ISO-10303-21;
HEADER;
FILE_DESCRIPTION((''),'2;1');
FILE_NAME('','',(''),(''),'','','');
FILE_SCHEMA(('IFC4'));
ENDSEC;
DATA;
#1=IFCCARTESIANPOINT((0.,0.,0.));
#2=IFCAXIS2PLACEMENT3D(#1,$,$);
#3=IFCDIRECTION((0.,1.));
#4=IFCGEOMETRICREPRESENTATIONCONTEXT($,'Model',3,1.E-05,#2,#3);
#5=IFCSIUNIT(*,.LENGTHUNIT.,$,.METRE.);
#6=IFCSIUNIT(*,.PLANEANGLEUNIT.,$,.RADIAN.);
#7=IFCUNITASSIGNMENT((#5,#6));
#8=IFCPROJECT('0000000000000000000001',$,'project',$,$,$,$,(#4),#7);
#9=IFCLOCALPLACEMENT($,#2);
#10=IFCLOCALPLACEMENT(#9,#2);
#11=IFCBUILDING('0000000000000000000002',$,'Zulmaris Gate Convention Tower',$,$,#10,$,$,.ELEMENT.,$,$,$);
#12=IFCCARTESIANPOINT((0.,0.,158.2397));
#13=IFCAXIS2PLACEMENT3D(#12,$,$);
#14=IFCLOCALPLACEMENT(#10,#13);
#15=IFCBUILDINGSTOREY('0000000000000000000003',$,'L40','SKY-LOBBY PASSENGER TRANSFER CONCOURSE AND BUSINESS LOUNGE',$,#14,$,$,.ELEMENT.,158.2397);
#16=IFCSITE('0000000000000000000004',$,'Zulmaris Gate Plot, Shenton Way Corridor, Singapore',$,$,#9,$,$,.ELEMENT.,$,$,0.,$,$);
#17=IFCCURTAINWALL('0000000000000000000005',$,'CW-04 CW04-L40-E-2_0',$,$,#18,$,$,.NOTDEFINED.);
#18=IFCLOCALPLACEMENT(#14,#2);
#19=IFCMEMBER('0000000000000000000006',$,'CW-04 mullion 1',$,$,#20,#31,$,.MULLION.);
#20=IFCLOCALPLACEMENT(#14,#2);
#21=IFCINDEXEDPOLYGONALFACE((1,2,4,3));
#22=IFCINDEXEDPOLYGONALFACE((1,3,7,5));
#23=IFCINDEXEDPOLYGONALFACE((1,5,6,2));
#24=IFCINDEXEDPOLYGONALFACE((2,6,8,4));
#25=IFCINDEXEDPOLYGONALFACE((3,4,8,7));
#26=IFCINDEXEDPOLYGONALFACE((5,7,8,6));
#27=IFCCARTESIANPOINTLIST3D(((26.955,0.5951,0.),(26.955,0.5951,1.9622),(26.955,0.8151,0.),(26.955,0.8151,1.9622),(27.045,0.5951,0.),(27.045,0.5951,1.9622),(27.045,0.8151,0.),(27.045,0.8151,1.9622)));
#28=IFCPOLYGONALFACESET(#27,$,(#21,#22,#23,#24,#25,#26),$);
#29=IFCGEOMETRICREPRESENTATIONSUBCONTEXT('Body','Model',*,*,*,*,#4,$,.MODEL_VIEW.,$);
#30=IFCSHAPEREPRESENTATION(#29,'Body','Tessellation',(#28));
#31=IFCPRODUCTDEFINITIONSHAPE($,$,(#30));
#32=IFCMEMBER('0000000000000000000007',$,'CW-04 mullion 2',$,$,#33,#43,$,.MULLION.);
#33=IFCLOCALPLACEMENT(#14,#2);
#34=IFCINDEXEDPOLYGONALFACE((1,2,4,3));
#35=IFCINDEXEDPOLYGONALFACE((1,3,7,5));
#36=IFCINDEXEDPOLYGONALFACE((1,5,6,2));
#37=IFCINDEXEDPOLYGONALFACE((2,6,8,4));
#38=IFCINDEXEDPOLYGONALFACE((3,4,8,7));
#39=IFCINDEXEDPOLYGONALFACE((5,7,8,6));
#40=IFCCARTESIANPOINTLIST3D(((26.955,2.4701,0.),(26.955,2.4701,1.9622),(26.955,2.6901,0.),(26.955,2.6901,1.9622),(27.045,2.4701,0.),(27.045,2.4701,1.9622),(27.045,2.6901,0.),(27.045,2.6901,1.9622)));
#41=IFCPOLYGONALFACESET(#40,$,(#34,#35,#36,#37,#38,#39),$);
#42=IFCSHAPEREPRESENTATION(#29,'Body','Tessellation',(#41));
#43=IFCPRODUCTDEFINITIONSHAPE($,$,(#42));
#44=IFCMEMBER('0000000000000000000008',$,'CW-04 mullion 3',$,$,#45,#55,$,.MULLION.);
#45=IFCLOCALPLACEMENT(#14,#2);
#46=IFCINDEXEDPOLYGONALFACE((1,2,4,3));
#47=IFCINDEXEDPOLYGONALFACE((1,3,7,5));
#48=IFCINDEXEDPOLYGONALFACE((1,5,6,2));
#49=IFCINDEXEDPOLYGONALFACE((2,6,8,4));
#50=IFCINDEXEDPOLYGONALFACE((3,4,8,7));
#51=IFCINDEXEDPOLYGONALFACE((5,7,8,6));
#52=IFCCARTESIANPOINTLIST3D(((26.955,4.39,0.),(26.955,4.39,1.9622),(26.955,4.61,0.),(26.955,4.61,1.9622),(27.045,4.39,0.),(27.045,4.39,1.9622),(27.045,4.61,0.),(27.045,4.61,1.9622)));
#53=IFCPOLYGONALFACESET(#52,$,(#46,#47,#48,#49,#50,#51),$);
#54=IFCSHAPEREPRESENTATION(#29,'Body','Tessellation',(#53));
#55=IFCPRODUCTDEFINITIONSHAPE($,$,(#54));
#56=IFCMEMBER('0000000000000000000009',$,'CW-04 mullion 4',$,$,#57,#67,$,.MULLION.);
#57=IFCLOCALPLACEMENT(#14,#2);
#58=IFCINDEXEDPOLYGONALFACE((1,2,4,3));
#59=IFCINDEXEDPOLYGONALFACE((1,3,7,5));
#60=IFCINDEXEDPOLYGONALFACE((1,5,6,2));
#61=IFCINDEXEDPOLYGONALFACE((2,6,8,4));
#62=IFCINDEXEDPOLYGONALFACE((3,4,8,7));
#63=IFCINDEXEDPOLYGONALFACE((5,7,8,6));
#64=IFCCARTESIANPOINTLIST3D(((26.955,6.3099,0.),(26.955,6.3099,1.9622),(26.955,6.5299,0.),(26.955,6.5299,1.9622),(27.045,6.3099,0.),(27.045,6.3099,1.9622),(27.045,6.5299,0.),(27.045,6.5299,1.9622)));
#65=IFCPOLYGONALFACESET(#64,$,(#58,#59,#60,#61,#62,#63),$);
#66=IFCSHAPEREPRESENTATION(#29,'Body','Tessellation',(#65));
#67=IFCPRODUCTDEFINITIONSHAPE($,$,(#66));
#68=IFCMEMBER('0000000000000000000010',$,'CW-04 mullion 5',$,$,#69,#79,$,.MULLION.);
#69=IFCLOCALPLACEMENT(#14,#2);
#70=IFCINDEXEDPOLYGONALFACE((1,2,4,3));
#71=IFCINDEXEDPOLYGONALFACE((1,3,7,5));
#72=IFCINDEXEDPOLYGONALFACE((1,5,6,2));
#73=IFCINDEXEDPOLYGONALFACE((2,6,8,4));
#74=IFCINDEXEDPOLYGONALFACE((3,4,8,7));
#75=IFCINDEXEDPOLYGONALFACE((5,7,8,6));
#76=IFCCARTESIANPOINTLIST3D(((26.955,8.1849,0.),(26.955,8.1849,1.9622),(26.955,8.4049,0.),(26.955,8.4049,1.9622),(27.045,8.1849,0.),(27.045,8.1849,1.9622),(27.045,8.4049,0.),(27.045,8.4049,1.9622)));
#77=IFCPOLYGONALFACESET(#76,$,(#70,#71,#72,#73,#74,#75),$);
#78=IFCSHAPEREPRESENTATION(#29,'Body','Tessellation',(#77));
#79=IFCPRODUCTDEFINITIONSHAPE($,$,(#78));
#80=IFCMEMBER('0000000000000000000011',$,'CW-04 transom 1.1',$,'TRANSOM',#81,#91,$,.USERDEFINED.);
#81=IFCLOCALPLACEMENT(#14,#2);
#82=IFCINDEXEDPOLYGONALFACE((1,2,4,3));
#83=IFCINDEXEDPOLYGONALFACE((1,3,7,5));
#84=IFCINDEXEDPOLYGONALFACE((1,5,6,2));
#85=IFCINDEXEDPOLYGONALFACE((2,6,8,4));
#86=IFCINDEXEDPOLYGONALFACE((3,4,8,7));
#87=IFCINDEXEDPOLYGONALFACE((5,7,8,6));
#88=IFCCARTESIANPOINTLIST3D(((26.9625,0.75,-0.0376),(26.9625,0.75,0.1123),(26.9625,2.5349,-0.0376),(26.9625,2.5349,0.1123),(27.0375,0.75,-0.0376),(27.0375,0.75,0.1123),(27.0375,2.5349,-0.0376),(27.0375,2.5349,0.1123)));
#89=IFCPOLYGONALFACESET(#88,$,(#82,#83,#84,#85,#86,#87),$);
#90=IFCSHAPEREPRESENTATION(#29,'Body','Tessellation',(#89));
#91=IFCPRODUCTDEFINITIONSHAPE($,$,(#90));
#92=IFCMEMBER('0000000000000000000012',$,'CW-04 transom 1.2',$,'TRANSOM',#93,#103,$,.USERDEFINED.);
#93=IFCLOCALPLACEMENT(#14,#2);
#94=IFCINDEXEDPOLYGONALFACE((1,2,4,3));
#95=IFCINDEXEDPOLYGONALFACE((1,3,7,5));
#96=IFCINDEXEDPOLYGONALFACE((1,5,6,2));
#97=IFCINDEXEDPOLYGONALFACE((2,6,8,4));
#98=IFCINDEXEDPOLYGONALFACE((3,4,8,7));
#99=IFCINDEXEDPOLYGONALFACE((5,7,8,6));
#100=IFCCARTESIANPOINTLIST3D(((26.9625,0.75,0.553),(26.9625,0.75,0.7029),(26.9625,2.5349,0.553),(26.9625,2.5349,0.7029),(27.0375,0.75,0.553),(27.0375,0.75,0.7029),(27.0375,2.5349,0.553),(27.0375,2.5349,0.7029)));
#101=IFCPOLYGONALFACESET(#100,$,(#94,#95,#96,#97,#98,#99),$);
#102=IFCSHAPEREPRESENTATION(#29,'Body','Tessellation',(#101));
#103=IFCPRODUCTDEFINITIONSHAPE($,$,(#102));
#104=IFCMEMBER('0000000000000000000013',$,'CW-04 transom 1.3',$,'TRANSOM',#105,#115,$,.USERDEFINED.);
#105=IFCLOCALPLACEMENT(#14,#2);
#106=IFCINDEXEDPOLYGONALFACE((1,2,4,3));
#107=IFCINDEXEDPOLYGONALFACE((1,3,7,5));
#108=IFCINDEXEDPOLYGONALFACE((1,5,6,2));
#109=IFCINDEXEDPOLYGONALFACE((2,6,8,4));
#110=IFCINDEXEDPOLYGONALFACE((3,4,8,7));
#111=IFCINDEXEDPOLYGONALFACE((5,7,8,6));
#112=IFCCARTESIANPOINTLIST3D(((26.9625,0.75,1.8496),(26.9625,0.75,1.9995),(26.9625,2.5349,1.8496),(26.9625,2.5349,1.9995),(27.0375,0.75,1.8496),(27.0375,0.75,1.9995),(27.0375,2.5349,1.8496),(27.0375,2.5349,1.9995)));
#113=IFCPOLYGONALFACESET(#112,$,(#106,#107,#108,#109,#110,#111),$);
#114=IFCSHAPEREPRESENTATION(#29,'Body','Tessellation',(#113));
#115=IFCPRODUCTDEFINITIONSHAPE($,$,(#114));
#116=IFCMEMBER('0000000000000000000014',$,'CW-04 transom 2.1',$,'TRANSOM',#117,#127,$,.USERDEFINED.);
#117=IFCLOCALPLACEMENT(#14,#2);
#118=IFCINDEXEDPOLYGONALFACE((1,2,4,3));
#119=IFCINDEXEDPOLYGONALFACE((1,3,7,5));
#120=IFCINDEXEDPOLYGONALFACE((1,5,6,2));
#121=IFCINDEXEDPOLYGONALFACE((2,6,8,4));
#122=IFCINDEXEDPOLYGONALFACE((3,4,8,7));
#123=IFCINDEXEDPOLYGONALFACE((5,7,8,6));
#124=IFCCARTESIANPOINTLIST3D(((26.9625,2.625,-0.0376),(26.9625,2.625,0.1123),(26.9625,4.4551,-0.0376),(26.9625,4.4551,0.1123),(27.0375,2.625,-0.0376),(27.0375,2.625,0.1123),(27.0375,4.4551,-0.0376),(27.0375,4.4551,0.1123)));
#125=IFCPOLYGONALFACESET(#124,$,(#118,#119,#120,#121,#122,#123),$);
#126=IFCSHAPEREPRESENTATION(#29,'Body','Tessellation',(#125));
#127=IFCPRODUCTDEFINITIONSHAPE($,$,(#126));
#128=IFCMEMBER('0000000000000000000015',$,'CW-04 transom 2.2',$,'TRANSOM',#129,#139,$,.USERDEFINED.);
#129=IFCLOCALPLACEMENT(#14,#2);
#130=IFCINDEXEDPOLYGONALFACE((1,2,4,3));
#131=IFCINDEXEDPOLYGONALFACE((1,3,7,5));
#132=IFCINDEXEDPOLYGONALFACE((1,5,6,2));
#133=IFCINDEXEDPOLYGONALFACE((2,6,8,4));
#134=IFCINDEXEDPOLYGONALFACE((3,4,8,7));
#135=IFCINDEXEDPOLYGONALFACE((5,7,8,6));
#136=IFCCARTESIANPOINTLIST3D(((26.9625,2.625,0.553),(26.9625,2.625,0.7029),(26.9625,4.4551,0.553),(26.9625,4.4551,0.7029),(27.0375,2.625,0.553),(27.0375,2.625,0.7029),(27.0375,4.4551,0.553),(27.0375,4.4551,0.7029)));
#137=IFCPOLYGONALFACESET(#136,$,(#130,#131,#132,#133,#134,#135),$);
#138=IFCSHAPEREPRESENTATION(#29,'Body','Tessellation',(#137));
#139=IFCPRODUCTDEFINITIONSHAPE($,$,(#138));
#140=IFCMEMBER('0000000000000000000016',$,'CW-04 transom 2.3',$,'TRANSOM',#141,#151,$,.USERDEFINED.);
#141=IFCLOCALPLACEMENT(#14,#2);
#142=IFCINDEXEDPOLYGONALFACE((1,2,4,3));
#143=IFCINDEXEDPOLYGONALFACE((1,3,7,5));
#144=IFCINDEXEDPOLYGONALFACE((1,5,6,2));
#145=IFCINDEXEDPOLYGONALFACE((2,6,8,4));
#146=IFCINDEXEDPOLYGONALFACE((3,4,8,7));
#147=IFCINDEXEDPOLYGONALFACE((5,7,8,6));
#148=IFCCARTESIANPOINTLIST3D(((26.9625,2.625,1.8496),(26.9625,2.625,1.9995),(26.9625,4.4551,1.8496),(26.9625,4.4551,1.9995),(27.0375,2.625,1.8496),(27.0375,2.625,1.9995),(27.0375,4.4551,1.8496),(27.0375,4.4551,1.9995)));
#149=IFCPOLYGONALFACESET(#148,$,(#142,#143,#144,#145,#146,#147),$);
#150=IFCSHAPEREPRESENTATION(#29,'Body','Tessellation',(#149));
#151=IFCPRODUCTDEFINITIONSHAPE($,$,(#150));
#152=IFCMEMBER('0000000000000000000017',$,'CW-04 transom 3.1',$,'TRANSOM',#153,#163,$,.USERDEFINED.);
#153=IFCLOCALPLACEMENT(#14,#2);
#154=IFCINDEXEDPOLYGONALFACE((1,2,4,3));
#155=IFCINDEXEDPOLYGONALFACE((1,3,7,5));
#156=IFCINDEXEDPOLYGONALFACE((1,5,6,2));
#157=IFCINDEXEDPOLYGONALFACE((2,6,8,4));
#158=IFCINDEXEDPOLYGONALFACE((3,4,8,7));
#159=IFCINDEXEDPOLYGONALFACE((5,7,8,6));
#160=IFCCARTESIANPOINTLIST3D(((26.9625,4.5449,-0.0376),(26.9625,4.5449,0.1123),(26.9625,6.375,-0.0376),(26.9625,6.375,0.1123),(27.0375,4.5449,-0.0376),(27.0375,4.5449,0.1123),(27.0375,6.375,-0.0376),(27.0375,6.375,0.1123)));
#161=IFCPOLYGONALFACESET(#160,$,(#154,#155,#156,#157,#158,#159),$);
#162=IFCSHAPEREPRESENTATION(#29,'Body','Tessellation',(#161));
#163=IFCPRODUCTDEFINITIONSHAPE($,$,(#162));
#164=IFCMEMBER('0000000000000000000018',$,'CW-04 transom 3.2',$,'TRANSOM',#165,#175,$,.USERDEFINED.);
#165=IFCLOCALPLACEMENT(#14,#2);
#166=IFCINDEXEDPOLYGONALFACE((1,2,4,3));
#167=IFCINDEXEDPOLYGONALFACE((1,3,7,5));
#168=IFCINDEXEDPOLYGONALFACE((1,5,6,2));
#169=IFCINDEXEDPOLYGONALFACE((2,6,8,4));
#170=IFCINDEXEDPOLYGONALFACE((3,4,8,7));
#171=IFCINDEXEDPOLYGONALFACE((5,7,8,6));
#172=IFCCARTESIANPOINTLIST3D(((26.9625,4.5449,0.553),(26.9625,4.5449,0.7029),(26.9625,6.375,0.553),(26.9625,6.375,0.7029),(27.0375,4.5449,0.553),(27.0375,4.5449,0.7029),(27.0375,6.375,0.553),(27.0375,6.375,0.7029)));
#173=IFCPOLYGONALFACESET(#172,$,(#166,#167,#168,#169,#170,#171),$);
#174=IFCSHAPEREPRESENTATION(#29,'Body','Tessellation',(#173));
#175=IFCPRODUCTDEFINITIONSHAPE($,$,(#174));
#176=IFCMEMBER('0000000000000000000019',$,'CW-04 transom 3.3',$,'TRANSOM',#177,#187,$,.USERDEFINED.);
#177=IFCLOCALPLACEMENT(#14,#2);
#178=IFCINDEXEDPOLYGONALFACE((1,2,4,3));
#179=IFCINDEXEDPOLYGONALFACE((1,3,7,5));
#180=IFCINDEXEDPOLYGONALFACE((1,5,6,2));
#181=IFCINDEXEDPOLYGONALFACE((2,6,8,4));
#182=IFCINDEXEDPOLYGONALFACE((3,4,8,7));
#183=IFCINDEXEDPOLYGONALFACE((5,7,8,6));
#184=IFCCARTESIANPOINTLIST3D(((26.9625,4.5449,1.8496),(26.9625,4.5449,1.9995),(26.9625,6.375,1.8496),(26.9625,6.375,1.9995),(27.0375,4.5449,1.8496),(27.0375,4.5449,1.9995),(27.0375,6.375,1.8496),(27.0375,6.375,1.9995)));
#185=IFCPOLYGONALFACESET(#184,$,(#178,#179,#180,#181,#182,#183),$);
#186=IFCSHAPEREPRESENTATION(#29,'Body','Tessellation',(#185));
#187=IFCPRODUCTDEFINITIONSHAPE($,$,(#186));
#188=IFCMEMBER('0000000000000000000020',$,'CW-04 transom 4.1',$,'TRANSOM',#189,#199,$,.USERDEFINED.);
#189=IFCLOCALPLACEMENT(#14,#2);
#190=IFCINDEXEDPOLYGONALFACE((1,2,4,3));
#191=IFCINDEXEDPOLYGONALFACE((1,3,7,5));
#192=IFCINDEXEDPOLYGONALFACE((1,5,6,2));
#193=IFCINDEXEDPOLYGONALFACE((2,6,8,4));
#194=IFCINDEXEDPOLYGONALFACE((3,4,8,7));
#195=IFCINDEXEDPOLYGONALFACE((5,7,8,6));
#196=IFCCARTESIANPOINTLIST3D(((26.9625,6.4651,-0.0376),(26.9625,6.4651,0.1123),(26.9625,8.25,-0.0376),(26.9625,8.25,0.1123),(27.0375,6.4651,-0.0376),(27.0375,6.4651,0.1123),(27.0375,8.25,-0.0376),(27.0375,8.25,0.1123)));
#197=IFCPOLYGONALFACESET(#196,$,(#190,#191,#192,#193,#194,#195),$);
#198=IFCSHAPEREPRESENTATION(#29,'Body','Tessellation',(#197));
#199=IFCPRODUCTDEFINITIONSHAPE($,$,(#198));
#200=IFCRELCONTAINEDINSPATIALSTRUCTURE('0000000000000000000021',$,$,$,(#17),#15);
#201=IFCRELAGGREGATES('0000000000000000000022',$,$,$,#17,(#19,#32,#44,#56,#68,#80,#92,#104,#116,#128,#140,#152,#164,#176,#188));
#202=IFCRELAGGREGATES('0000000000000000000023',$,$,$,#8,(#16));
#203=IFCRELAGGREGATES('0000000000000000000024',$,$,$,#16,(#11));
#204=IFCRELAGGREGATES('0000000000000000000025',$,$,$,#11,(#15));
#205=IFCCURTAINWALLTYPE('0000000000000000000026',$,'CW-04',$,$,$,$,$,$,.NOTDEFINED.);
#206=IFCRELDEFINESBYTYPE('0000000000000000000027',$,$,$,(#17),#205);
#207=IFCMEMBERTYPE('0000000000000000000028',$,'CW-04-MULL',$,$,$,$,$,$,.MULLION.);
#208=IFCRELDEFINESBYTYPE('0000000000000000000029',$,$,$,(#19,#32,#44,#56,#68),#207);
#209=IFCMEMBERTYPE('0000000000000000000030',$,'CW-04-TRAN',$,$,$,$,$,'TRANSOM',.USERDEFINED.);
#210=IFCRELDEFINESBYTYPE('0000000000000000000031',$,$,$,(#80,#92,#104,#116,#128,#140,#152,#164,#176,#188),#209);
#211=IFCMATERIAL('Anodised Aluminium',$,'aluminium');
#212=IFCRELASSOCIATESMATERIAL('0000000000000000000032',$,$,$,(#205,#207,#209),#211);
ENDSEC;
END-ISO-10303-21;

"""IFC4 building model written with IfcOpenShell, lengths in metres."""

from ifc_helpers import new_model, si_unit, direction, frame, origin, origin_2d, place, context, subcontext, project, spatial, rectangle, extrude, material, material_profile, profile_set, type_object, element, aggregate, save


model = new_model("IFC4")

# Units and contexts
model_context = context("Model", 3, precision=1e-05, world=origin(), true_north=direction((0.0, 1.0)))
body_context = subcontext(model_context, "Body", "Model", "MODEL_VIEW")
ifc_project = project(units=[si_unit("LENGTHUNIT", "METRE"), si_unit("PLANEANGLEUNIT", "RADIAN")], contexts=[model_context])

# Site, building, storey
site_placement = place(None, origin())
site = spatial("IfcSite", under=ifc_project, at=site_placement, Name="Zulmaris Gate Plot, Shenton Way Corridor, Singapore", CompositionType="ELEMENT", RefElevation=0.0)
building_placement = place(site_placement, origin())
building = spatial("IfcBuilding", under=site, at=building_placement, Name="Zulmaris Gate Convention Tower", CompositionType="ELEMENT")
storey_placement = place(building_placement, frame((0.0, 0.0, 158.2397)))
storey = spatial("IfcBuildingStorey", under=building, at=storey_placement, Name="L40", Description="SKY-LOBBY PASSENGER TRANSFER CONCOURSE AND BUSINESS LOUNGE", CompositionType="ELEMENT", Elevation=158.2397)

# Curtain wall, members
ifc_material_1 = material(Name="Anodised Aluminium", Category="aluminium")
curtain_wall_type = type_object("IfcCurtainWallType", Name="CW-04", PredefinedType="NOTDEFINED", material=ifc_material_1)
curtain_wall_placement = place(storey_placement, origin())
curtain_wall = element("IfcCurtainWall", 1, at=curtain_wall_placement, inside=storey, type_object=curtain_wall_type, Name="CW-04 CW04-L40-E-2_0", PredefinedType="NOTDEFINED")
ifc_material_profile_1 = material_profile(ifc_material_1, rectangle(XDim=0.0901, YDim=0.22, at=origin_2d()), Name="ALU MULLION 90x220")
ifc_profile_set_1 = profile_set([ifc_material_profile_1], Name="Anodised Aluminium")
member_type_1 = type_object("IfcMemberType", Name="CW-04-MULL", PredefinedType="MULLION", material=ifc_profile_set_1)
member_1_placement = place(storey_placement, frame((27.0, 0.7051, 0.0), z_axis=(0.0, 0.0, 1.0), x_axis=(-1.0, 0.0, 0.0)))
member_1 = element("IfcMember", 2, at=member_1_placement, type_object=member_type_1, Name="CW-04 mullion 1", PredefinedType="MULLION", context=body_context, shape_type="SweptSolid", body=[
    extrude(rectangle(XDim=0.0901, YDim=0.22, at=origin_2d()), origin(), (0.0, 0.0, 1.0), 1.9622),
])
member_2_placement = place(storey_placement, frame((27.0, 2.5801, 0.0), z_axis=(0.0, 0.0, 1.0), x_axis=(-1.0, 0.0, 0.0)))
member_2 = element("IfcMember", 3, at=member_2_placement, type_object=member_type_1, Name="CW-04 mullion 2", PredefinedType="MULLION", context=body_context, shape_type="SweptSolid", body=[
    extrude(rectangle(XDim=0.0901, YDim=0.22, at=origin_2d()), origin(), (0.0, 0.0, 1.0), 1.9622),
])
member_3_placement = place(storey_placement, frame((27.0, 4.5, 0.0), z_axis=(0.0, 0.0, 1.0), x_axis=(-1.0, 0.0, 0.0)))
member_3 = element("IfcMember", 4, at=member_3_placement, type_object=member_type_1, Name="CW-04 mullion 3", PredefinedType="MULLION", context=body_context, shape_type="SweptSolid", body=[
    extrude(rectangle(XDim=0.0901, YDim=0.22, at=origin_2d()), origin(), (0.0, 0.0, 1.0), 1.9622),
])
member_4_placement = place(storey_placement, frame((27.0, 6.4199, 0.0), z_axis=(0.0, 0.0, 1.0), x_axis=(-1.0, 0.0, 0.0)))
member_4 = element("IfcMember", 5, at=member_4_placement, type_object=member_type_1, Name="CW-04 mullion 4", PredefinedType="MULLION", context=body_context, shape_type="SweptSolid", body=[
    extrude(rectangle(XDim=0.0901, YDim=0.22, at=origin_2d()), origin(), (0.0, 0.0, 1.0), 1.9622),
])
member_5_placement = place(storey_placement, frame((27.0, 8.2949, 0.0), z_axis=(0.0, 0.0, 1.0), x_axis=(-1.0, 0.0, 0.0)))
member_5 = element("IfcMember", 6, at=member_5_placement, type_object=member_type_1, Name="CW-04 mullion 5", PredefinedType="MULLION", context=body_context, shape_type="SweptSolid", body=[
    extrude(rectangle(XDim=0.0901, YDim=0.22, at=origin_2d()), origin(), (0.0, 0.0, 1.0), 1.9622),
])
ifc_material_profile_2 = material_profile(ifc_material_1, rectangle(XDim=0.075, YDim=0.1499, at=origin_2d()), Name="ALU TRANSOM 75x150")
ifc_profile_set_2 = profile_set([ifc_material_profile_2], Name="Anodised Aluminium")
member_type_2 = type_object("IfcMemberType", Name="CW-04-TRAN", ElementType="TRANSOM", PredefinedType="USERDEFINED", material=ifc_profile_set_2)
member_6_placement = place(storey_placement, frame((27.0, 0.75, 0.0374), z_axis=(0.0, 1.0, 0.0), x_axis=(-1.0, 0.0, 0.0)))
member_6 = element("IfcMember", 7, at=member_6_placement, type_object=member_type_2, Name="CW-04 transom 1.1", ObjectType="TRANSOM", PredefinedType="USERDEFINED", context=body_context, shape_type="SweptSolid", body=[
    extrude(rectangle(XDim=0.075, YDim=0.1499, at=origin_2d()), origin(), (0.0, 0.0, 1.0), 1.7849),
])
member_7_placement = place(storey_placement, frame((27.0, 0.75, 0.6279), z_axis=(0.0, 1.0, 0.0), x_axis=(-1.0, 0.0, 0.0)))
member_7 = element("IfcMember", 8, at=member_7_placement, type_object=member_type_2, Name="CW-04 transom 1.2", ObjectType="TRANSOM", PredefinedType="USERDEFINED", context=body_context, shape_type="SweptSolid", body=[
    extrude(rectangle(XDim=0.075, YDim=0.1499, at=origin_2d()), origin(), (0.0, 0.0, 1.0), 1.7849),
])
member_8_placement = place(storey_placement, frame((27.0, 0.75, 1.9246), z_axis=(0.0, 1.0, 0.0), x_axis=(-1.0, 0.0, 0.0)))
member_8 = element("IfcMember", 9, at=member_8_placement, type_object=member_type_2, Name="CW-04 transom 1.3", ObjectType="TRANSOM", PredefinedType="USERDEFINED", context=body_context, shape_type="SweptSolid", body=[
    extrude(rectangle(XDim=0.075, YDim=0.1499, at=origin_2d()), origin(), (0.0, 0.0, 1.0), 1.7849),
])
member_9_placement = place(storey_placement, frame((27.0, 2.625, 0.0374), z_axis=(0.0, 1.0, 0.0), x_axis=(-1.0, 0.0, 0.0)))
member_9 = element("IfcMember", 10, at=member_9_placement, type_object=member_type_2, Name="CW-04 transom 2.1", ObjectType="TRANSOM", PredefinedType="USERDEFINED", context=body_context, shape_type="SweptSolid", body=[
    extrude(rectangle(XDim=0.075, YDim=0.1499, at=origin_2d()), origin(), (0.0, 0.0, 1.0), 1.8301),
])
member_10_placement = place(storey_placement, frame((27.0, 2.625, 0.6279), z_axis=(0.0, 1.0, 0.0), x_axis=(-1.0, 0.0, 0.0)))
member_10 = element("IfcMember", 11, at=member_10_placement, type_object=member_type_2, Name="CW-04 transom 2.2", ObjectType="TRANSOM", PredefinedType="USERDEFINED", context=body_context, shape_type="SweptSolid", body=[
    extrude(rectangle(XDim=0.075, YDim=0.1499, at=origin_2d()), origin(), (0.0, 0.0, 1.0), 1.8301),
])
member_11_placement = place(storey_placement, frame((27.0, 2.625, 1.9246), z_axis=(0.0, 1.0, 0.0), x_axis=(-1.0, 0.0, 0.0)))
member_11 = element("IfcMember", 12, at=member_11_placement, type_object=member_type_2, Name="CW-04 transom 2.3", ObjectType="TRANSOM", PredefinedType="USERDEFINED", context=body_context, shape_type="SweptSolid", body=[
    extrude(rectangle(XDim=0.075, YDim=0.1499, at=origin_2d()), origin(), (0.0, 0.0, 1.0), 1.8301),
])
member_12_placement = place(storey_placement, frame((27.0, 4.5449, 0.0374), z_axis=(0.0, 1.0, 0.0), x_axis=(-1.0, 0.0, 0.0)))
member_12 = element("IfcMember", 13, at=member_12_placement, type_object=member_type_2, Name="CW-04 transom 3.1", ObjectType="TRANSOM", PredefinedType="USERDEFINED", context=body_context, shape_type="SweptSolid", body=[
    extrude(rectangle(XDim=0.075, YDim=0.1499, at=origin_2d()), origin(), (0.0, 0.0, 1.0), 1.8301),
])
member_13_placement = place(storey_placement, frame((27.0, 4.5449, 0.6279), z_axis=(0.0, 1.0, 0.0), x_axis=(-1.0, 0.0, 0.0)))
member_13 = element("IfcMember", 14, at=member_13_placement, type_object=member_type_2, Name="CW-04 transom 3.2", ObjectType="TRANSOM", PredefinedType="USERDEFINED", context=body_context, shape_type="SweptSolid", body=[
    extrude(rectangle(XDim=0.075, YDim=0.1499, at=origin_2d()), origin(), (0.0, 0.0, 1.0), 1.8301),
])
member_14_placement = place(storey_placement, frame((27.0, 4.5449, 1.9246), z_axis=(0.0, 1.0, 0.0), x_axis=(-1.0, 0.0, 0.0)))
member_14 = element("IfcMember", 15, at=member_14_placement, type_object=member_type_2, Name="CW-04 transom 3.3", ObjectType="TRANSOM", PredefinedType="USERDEFINED", context=body_context, shape_type="SweptSolid", body=[
    extrude(rectangle(XDim=0.075, YDim=0.1499, at=origin_2d()), origin(), (0.0, 0.0, 1.0), 1.8301),
])
member_15_placement = place(storey_placement, frame((27.0, 6.4651, 0.0374), z_axis=(0.0, 1.0, 0.0), x_axis=(-1.0, 0.0, 0.0)))
member_15 = element("IfcMember", 16, at=member_15_placement, type_object=member_type_2, Name="CW-04 transom 4.1", ObjectType="TRANSOM", PredefinedType="USERDEFINED", context=body_context, shape_type="SweptSolid", body=[
    extrude(rectangle(XDim=0.075, YDim=0.1499, at=origin_2d()), origin(), (0.0, 0.0, 1.0), 1.7849),
])
aggregate(curtain_wall, [member_1, member_2, member_3, member_4, member_5, member_6, member_7, member_8, member_9, member_10, member_11, member_12, member_13, member_14, member_15])

save(model, "model.ifc")
